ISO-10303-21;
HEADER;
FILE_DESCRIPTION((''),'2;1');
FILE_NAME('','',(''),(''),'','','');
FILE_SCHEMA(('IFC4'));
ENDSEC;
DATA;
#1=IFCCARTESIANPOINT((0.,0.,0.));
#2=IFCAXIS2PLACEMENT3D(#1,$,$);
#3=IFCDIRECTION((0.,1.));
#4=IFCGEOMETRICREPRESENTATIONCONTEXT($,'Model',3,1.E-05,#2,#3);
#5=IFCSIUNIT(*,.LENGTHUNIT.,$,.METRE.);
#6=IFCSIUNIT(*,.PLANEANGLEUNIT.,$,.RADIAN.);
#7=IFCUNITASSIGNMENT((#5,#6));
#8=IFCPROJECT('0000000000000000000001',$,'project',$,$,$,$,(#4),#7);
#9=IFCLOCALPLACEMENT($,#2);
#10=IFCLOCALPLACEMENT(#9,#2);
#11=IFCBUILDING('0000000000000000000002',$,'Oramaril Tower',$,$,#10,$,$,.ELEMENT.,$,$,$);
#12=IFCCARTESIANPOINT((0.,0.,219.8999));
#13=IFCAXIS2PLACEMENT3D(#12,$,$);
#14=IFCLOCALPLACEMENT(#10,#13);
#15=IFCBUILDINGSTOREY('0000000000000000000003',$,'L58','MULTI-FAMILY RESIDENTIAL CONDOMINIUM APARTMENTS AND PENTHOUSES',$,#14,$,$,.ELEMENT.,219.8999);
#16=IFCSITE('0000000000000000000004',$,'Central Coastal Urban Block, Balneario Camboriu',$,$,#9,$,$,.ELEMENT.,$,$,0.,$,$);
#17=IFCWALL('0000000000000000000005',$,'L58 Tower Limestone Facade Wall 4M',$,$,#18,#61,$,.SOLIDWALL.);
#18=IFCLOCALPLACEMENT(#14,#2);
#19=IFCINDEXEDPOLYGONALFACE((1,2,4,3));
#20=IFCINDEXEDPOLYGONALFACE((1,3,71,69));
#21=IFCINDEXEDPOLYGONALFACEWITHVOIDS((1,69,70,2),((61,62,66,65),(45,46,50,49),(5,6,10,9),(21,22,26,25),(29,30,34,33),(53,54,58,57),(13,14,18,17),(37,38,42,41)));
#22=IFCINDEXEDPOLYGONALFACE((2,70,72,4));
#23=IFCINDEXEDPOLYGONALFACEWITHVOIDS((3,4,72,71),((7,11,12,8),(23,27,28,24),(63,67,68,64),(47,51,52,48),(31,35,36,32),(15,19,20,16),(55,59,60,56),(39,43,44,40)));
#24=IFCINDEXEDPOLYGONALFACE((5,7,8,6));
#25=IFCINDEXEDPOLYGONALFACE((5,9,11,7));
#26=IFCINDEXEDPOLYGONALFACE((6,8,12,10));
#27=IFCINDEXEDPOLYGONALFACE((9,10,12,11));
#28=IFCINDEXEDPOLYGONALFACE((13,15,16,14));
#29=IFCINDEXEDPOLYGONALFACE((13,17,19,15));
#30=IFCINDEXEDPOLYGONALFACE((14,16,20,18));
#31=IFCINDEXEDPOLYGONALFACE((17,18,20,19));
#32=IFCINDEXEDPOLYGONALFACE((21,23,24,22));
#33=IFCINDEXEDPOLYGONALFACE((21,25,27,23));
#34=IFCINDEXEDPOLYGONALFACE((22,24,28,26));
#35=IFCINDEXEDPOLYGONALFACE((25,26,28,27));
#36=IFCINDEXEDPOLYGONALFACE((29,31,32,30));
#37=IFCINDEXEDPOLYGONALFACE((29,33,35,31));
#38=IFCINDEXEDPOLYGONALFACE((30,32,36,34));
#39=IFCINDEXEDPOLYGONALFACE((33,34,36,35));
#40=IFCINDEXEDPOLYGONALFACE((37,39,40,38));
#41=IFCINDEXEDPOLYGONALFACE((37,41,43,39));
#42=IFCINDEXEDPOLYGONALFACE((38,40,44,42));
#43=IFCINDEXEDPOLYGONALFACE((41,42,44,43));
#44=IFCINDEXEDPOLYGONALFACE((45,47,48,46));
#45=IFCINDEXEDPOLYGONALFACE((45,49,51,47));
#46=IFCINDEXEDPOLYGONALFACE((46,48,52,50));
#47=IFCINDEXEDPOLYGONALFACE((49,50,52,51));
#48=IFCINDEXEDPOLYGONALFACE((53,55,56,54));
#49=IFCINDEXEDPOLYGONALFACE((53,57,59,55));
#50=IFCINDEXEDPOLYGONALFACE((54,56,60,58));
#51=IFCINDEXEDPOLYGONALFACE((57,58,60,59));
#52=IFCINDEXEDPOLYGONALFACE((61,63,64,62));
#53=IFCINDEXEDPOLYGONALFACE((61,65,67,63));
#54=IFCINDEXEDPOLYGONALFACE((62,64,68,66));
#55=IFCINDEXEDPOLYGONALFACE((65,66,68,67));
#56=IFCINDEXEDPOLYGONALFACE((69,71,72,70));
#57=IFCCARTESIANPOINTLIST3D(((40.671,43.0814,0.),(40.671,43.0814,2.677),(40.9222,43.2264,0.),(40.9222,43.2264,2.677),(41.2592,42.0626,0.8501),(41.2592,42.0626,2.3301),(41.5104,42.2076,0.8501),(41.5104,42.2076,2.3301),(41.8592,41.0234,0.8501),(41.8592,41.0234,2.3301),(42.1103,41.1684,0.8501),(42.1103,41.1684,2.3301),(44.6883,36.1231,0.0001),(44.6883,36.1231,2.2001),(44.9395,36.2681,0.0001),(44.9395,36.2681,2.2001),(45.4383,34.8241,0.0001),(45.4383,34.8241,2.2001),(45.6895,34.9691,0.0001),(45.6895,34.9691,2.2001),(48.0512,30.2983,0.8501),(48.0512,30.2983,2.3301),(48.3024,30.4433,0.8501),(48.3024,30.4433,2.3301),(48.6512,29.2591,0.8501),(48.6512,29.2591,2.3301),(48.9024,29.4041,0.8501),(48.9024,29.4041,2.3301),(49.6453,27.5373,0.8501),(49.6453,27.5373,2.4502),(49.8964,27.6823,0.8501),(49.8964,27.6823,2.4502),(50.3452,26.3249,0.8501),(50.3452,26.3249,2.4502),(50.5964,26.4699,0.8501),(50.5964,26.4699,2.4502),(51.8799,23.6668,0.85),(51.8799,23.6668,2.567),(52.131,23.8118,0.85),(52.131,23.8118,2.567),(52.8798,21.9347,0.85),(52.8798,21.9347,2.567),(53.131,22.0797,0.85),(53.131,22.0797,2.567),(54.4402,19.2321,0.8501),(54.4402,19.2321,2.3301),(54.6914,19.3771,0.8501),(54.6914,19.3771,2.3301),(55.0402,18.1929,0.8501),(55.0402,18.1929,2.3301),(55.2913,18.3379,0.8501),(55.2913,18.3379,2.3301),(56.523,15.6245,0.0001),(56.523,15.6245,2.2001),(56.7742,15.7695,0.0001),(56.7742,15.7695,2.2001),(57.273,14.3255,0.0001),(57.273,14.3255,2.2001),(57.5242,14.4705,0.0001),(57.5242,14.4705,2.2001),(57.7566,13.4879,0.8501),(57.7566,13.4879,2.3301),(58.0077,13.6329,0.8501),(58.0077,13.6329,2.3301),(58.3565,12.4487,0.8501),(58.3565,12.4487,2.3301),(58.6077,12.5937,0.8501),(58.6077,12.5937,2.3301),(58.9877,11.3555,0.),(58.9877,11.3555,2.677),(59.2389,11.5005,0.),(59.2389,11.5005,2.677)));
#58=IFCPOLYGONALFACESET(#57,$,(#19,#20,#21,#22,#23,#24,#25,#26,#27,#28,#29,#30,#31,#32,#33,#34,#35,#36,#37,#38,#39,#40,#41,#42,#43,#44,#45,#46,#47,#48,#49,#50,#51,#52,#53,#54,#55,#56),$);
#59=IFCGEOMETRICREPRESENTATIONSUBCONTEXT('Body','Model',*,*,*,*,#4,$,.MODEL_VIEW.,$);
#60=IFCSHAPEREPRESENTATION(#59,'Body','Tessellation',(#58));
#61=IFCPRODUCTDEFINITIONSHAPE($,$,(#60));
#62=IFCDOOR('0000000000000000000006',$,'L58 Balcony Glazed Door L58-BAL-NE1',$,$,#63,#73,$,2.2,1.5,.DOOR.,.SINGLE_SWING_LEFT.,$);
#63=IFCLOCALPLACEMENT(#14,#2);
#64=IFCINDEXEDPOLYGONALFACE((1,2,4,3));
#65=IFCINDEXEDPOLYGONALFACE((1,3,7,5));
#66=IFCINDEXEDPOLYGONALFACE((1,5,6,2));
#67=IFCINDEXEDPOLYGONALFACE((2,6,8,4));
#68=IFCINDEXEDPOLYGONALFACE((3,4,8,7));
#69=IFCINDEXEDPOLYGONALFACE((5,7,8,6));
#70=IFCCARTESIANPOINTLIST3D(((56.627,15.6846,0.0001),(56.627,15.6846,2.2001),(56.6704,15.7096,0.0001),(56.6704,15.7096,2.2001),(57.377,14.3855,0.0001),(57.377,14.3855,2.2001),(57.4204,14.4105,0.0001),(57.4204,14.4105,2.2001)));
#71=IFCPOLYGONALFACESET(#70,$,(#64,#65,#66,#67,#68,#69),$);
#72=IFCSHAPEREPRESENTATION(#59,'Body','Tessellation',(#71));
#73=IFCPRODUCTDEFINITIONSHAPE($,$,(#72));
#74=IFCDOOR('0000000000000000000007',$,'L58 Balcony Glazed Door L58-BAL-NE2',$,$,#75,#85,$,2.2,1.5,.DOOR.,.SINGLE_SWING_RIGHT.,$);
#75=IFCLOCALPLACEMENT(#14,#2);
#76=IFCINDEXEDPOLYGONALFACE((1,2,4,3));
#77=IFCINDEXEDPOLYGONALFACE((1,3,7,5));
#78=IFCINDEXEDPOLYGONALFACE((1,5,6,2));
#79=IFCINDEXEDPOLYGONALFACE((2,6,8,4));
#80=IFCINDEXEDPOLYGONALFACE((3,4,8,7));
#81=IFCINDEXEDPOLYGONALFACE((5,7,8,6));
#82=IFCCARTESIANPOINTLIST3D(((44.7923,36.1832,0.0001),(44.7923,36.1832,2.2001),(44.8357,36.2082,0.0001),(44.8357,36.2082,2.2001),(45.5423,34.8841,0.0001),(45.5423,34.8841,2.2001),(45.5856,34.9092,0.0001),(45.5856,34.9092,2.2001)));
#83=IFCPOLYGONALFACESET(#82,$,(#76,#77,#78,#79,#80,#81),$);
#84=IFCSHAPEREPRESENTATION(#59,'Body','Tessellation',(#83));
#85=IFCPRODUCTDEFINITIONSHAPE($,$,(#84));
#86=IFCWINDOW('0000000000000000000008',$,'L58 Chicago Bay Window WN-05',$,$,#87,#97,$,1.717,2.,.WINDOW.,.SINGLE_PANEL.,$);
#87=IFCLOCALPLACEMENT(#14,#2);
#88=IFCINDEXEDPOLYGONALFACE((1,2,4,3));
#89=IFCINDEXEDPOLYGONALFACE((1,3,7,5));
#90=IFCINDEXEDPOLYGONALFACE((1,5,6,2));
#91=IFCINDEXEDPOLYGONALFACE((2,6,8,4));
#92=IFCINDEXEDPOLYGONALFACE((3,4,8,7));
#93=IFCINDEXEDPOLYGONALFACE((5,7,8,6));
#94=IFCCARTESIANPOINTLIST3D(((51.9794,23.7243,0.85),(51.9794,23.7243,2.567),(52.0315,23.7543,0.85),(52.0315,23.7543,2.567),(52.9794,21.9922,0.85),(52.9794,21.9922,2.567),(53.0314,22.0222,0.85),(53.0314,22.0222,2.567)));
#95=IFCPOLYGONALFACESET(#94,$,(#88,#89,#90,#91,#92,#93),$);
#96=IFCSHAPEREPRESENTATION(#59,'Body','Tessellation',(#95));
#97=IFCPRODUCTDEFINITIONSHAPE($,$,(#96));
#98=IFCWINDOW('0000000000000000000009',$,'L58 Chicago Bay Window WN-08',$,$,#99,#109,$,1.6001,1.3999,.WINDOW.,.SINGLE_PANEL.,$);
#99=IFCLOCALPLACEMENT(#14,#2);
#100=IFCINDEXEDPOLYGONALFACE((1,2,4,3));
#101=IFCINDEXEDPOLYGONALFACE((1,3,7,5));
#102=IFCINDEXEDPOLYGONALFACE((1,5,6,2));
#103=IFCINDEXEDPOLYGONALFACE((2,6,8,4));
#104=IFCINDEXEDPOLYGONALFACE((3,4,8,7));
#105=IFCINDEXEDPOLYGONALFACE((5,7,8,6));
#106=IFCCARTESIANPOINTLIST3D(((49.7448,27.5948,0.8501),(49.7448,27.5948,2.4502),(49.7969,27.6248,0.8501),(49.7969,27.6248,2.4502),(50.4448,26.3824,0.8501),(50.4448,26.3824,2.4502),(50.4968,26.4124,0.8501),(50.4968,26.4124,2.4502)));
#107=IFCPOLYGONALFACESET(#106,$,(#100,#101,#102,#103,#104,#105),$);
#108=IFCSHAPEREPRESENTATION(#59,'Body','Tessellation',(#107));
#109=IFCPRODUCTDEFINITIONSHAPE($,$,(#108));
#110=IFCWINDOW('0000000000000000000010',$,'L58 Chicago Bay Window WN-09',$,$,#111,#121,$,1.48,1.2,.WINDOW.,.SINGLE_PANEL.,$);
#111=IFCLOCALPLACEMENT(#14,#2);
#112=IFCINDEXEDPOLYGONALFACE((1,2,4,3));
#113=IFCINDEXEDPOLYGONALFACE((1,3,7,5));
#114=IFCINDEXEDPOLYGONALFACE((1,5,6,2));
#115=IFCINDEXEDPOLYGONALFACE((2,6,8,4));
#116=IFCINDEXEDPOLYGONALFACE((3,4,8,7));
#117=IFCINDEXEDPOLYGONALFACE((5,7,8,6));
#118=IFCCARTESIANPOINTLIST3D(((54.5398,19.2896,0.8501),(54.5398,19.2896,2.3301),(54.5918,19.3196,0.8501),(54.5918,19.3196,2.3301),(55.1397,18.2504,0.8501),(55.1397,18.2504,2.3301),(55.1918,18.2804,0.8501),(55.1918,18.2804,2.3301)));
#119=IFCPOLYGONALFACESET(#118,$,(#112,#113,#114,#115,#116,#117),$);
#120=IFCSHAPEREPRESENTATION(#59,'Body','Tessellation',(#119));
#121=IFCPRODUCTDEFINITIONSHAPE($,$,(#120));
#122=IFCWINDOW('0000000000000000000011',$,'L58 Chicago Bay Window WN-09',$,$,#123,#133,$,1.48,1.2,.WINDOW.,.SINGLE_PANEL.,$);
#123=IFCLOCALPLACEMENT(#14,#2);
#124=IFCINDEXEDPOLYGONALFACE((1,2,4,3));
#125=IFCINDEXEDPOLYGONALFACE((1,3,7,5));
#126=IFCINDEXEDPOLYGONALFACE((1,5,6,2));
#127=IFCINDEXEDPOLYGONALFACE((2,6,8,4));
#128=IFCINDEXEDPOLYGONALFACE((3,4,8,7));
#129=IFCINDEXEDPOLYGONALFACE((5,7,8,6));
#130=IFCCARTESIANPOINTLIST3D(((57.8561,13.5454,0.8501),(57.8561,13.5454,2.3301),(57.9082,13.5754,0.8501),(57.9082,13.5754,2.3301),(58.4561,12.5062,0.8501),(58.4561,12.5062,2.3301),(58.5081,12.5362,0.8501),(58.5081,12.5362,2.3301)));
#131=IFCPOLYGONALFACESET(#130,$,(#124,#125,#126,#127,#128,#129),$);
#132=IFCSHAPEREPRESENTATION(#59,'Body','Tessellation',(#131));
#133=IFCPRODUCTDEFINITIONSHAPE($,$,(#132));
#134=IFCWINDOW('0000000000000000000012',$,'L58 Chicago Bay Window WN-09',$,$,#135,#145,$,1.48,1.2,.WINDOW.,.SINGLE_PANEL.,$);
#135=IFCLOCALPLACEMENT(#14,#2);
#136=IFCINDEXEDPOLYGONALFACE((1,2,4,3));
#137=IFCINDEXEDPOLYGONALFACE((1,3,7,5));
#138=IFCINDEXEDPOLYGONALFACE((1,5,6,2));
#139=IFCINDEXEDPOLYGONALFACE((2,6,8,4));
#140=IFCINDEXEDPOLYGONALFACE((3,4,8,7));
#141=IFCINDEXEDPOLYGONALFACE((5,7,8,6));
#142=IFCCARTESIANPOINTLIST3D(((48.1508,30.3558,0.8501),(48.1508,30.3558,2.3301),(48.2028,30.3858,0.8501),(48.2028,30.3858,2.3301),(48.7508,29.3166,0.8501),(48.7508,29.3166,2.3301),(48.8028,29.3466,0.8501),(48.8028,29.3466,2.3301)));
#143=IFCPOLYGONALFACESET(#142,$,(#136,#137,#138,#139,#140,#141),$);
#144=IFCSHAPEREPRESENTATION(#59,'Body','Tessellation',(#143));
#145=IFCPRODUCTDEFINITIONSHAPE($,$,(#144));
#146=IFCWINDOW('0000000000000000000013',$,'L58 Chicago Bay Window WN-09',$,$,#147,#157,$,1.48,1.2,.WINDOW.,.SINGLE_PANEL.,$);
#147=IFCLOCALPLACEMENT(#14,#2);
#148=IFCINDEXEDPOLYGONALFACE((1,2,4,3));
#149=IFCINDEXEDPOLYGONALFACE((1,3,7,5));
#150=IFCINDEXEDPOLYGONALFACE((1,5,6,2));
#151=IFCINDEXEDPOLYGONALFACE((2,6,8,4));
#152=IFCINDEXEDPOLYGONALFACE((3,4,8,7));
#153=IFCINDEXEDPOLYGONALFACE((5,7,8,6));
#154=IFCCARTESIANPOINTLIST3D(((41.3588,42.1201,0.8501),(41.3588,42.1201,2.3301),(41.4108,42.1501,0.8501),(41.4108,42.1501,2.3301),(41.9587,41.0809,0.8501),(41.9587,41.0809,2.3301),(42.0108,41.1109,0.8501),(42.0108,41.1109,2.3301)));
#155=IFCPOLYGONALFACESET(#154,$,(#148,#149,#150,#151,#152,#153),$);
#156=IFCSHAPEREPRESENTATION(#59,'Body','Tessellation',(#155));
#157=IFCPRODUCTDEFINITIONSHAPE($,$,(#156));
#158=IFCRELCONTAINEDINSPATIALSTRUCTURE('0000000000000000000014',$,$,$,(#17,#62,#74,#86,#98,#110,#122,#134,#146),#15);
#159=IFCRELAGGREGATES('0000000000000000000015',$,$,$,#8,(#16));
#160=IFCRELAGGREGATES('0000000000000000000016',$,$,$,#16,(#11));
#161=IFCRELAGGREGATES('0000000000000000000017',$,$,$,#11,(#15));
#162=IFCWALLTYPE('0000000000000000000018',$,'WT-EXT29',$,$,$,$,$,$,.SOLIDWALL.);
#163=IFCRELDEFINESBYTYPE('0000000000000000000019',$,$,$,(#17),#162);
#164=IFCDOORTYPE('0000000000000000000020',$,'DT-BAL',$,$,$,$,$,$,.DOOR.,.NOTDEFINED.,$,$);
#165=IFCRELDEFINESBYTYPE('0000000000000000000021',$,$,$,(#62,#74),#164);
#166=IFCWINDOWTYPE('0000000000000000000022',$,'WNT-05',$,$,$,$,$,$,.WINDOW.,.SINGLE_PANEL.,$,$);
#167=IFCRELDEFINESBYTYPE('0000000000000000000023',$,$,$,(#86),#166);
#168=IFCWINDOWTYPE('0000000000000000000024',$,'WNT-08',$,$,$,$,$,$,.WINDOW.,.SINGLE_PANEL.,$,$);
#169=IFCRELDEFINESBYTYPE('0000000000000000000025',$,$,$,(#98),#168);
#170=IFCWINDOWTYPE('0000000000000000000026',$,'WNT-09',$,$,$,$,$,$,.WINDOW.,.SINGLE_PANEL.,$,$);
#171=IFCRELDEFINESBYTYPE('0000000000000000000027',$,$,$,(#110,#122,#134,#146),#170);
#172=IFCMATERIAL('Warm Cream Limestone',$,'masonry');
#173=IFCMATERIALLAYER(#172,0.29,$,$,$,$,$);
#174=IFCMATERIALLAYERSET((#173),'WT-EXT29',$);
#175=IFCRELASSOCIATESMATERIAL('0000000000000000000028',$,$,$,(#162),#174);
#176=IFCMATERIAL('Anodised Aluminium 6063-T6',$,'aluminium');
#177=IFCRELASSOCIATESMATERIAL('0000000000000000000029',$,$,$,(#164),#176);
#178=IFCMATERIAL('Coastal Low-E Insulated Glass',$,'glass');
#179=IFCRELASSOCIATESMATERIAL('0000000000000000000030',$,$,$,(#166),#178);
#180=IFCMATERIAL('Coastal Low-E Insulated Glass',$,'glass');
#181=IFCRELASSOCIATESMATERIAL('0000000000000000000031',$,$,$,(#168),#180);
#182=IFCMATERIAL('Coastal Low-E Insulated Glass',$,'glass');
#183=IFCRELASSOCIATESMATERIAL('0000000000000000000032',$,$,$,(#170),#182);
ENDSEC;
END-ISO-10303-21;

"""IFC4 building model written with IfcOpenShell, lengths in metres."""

from ifc_helpers import new_model, si_unit, direction, frame, frame_2d, origin, place, context, subcontext, project, spatial, rectangle, extrude, material, layer, layer_set, type_object, element, fill, save


model = new_model("IFC4")

# Units and contexts
model_context = context("Model", 3, precision=1e-05, world=origin(), true_north=direction((0.0, 1.0)))
body_context = subcontext(model_context, "Body", "Model", "MODEL_VIEW")
ifc_project = project(units=[si_unit("LENGTHUNIT", "METRE"), si_unit("PLANEANGLEUNIT", "RADIAN")], contexts=[model_context])

# Site, building, storey
site_placement = place(None, origin())
site = spatial("IfcSite", under=ifc_project, at=site_placement, Name="Central Coastal Urban Block, Balneario Camboriu", CompositionType="ELEMENT", RefElevation=0.0)
building_placement = place(site_placement, origin())
building = spatial("IfcBuilding", under=site, at=building_placement, Name="Oramaril Tower", CompositionType="ELEMENT")
storey_placement = place(building_placement, frame((0.0, 0.0, 219.8999)))
storey = spatial("IfcBuildingStorey", under=building, at=storey_placement, Name="L58", Description="MULTI-FAMILY RESIDENTIAL CONDOMINIUM APARTMENTS AND PENTHOUSES", CompositionType="ELEMENT", Elevation=219.8999)

# Wall, openings, doors, windows
ifc_material_1 = material(Name="Warm Cream Limestone", Category="masonry")
ifc_layer_1 = layer(ifc_material_1, 0.29)
ifc_layer_set_1 = layer_set([ifc_layer_1], Name="WT-EXT29")
wall_type = type_object("IfcWallType", Name="WT-EXT29", PredefinedType="SOLIDWALL", material=ifc_layer_set_1)
wall_placement = place(storey_placement, frame((59.1133, 11.428, 0.0), z_axis=(0.0, 0.0, 1.0), x_axis=(-0.499995, 0.866029, 0.0)))
wall = element("IfcWall", 1, at=wall_placement, inside=storey, type_object=wall_type, Name="L58 Tower Limestone Facade Wall 4M", PredefinedType="SOLIDWALL", context=body_context, shape_type="SweptSolid", body=[
    extrude(rectangle(XDim=36.6338, YDim=0.29, at=frame_2d((18.3169, 0.0))), origin(), (0.0, 0.0, 1.0), 2.677),
])
opening_1_placement = place(wall_placement, frame((3.4294, 0.0, 0.0)))
opening_1 = element("IfcOpeningElement", 2, at=opening_1_placement, cuts=wall, PredefinedType="OPENING", context=body_context, shape_type="SweptSolid", body=[
    extrude(rectangle(XDim=1.5, YDim=2.2, at=frame_2d((0.75, 1.1001))), frame((0.0, 0.145, 0.0), z_axis=(0.0, -1.0, 0.0), x_axis=(1.0, 0.0, 0.0)), (0.0, 0.0, 1.0), 0.29),
])
opening_2_placement = place(wall_placement, frame((27.0991, 0.0, 0.0)))
opening_2 = element("IfcOpeningElement", 3, at=opening_2_placement, cuts=wall, PredefinedType="OPENING", context=body_context, shape_type="SweptSolid", body=[
    extrude(rectangle(XDim=1.5, YDim=2.2, at=frame_2d((0.75, 1.1001))), frame((0.0, 0.145, 0.0), z_axis=(0.0, -1.0, 0.0), x_axis=(1.0, 0.0, 0.0)), (0.0, 0.0, 1.0), 0.29),
])
opening_3_placement = place(wall_placement, frame((7.895, 0.0, 0.8501)))
opening_3 = element("IfcOpeningElement", 4, at=opening_3_placement, cuts=wall, PredefinedType="OPENING", context=body_context, shape_type="SweptSolid", body=[
    extrude(rectangle(XDim=1.2, YDim=1.48, at=frame_2d((0.6001, 0.74))), frame((0.0, 0.145, 0.0), z_axis=(0.0, -1.0, 0.0), x_axis=(1.0, 0.0, 0.0)), (0.0, 0.0, 1.0), 0.29),
])
opening_4_placement = place(wall_placement, frame((1.2622, 0.0, 0.8501)))
opening_4 = element("IfcOpeningElement", 5, at=opening_4_placement, cuts=wall, PredefinedType="OPENING", context=body_context, shape_type="SweptSolid", body=[
    extrude(rectangle(XDim=1.2, YDim=1.48, at=frame_2d((0.6001, 0.74))), frame((0.0, 0.145, 0.0), z_axis=(0.0, -1.0, 0.0), x_axis=(1.0, 0.0, 0.0)), (0.0, 0.0, 1.0), 0.29),
])
opening_5_placement = place(wall_placement, frame((12.2158, 0.0, 0.8501)))
opening_5 = element("IfcOpeningElement", 6, at=opening_5_placement, cuts=wall, PredefinedType="OPENING", context=body_context, shape_type="SweptSolid", body=[
    extrude(rectangle(XDim=2.0, YDim=1.717, at=frame_2d((1.0, 0.8584))), frame((0.0, 0.145, 0.0), z_axis=(0.0, -1.0, 0.0), x_axis=(1.0, 0.0, 0.0)), (0.0, 0.0, 1.0), 0.29),
])
opening_6_placement = place(wall_placement, frame((17.2852, 0.0, 0.8501)))
opening_6 = element("IfcOpeningElement", 7, at=opening_6_placement, cuts=wall, PredefinedType="OPENING", context=body_context, shape_type="SweptSolid", body=[
    extrude(rectangle(XDim=1.3999, YDim=1.6001, at=frame_2d((0.7, 0.8))), frame((0.0, 0.145, 0.0), z_axis=(0.0, -1.0, 0.0), x_axis=(1.0, 0.0, 0.0)), (0.0, 0.0, 1.0), 0.29),
])
opening_7_placement = place(wall_placement, frame((20.6731, 0.0, 0.8501)))
opening_7 = element("IfcOpeningElement", 8, at=opening_7_placement, cuts=wall, PredefinedType="OPENING", context=body_context, shape_type="SweptSolid", body=[
    extrude(rectangle(XDim=1.2, YDim=1.48, at=frame_2d((0.6001, 0.74))), frame((0.0, 0.145, 0.0), z_axis=(0.0, -1.0, 0.0), x_axis=(1.0, 0.0, 0.0)), (0.0, 0.0, 1.0), 0.29),
])
opening_8_placement = place(wall_placement, frame((34.2573, 0.0, 0.8501)))
opening_8 = element("IfcOpeningElement", 9, at=opening_8_placement, cuts=wall, PredefinedType="OPENING", context=body_context, shape_type="SweptSolid", body=[
    extrude(rectangle(XDim=1.2, YDim=1.48, at=frame_2d((0.6001, 0.74))), frame((0.0, 0.145, 0.0), z_axis=(0.0, -1.0, 0.0), x_axis=(1.0, 0.0, 0.0)), (0.0, 0.0, 1.0), 0.29),
])
ifc_material_2 = material(Name="Anodised Aluminium 6063-T6", Category="aluminium")
door_type = type_object("IfcDoorType", Name="DT-BAL", OperationType="NOTDEFINED", PredefinedType="DOOR", material=ifc_material_2)
door_1_placement = place(opening_1_placement, origin())
door_1 = element("IfcDoor", 10, at=door_1_placement, inside=storey, type_object=door_type, Name="L58 Balcony Glazed Door L58-BAL-NE1", OperationType="SINGLE_SWING_LEFT", OverallHeight=2.2, OverallWidth=1.5, PredefinedType="DOOR", context=body_context, shape_type="SweptSolid", body=[
    extrude(rectangle(XDim=1.5, YDim=2.2, at=frame_2d((0.75, 1.1001))), frame((0.0, 0.0249, 0.0), z_axis=(0.0, -1.0, 0.0), x_axis=(1.0, 0.0, 0.0)), (0.0, 0.0, 1.0), 0.05),
])
fill(opening_1, door_1)
door_2_placement = place(opening_2_placement, origin())
door_2 = element("IfcDoor", 11, at=door_2_placement, inside=storey, type_object=door_type, Name="L58 Balcony Glazed Door L58-BAL-NE2", OperationType="SINGLE_SWING_RIGHT", OverallHeight=2.2, OverallWidth=1.5, PredefinedType="DOOR", context=body_context, shape_type="SweptSolid", body=[
    extrude(rectangle(XDim=1.5, YDim=2.2, at=frame_2d((0.75, 1.1001))), frame((0.0, 0.0249, 0.0), z_axis=(0.0, -1.0, 0.0), x_axis=(1.0, 0.0, 0.0)), (0.0, 0.0, 1.0), 0.05),
])
fill(opening_2, door_2)
ifc_material_3 = material(Name="Coastal Low-E Insulated Glass", Category="glass")
window_type_1 = type_object("IfcWindowType", Name="WNT-05", PartitioningType="SINGLE_PANEL", PredefinedType="WINDOW", material=ifc_material_3)
window_1_placement = place(opening_5_placement, origin())
window_1 = element("IfcWindow", 12, at=window_1_placement, inside=storey, type_object=window_type_1, Name="L58 Chicago Bay Window WN-05", OverallHeight=1.717, OverallWidth=2.0, PartitioningType="SINGLE_PANEL", PredefinedType="WINDOW", context=body_context, shape_type="SweptSolid", body=[
    extrude(rectangle(XDim=2.0, YDim=1.717, at=frame_2d((1.0, 0.8584))), frame((0.0, 0.03, 0.0), z_axis=(0.0, -1.0, 0.0), x_axis=(1.0, 0.0, 0.0)), (0.0, 0.0, 1.0), 0.0601),
])
fill(opening_5, window_1)
ifc_material_4 = material(Name="Coastal Low-E Insulated Glass", Category="glass")
window_type_2 = type_object("IfcWindowType", Name="WNT-08", PartitioningType="SINGLE_PANEL", PredefinedType="WINDOW", material=ifc_material_4)
window_2_placement = place(opening_6_placement, origin())
window_2 = element("IfcWindow", 13, at=window_2_placement, inside=storey, type_object=window_type_2, Name="L58 Chicago Bay Window WN-08", OverallHeight=1.6001, OverallWidth=1.3999, PartitioningType="SINGLE_PANEL", PredefinedType="WINDOW", context=body_context, shape_type="SweptSolid", body=[
    extrude(rectangle(XDim=1.3999, YDim=1.6001, at=frame_2d((0.7, 0.8))), frame((0.0, 0.03, 0.0), z_axis=(0.0, -1.0, 0.0), x_axis=(1.0, 0.0, 0.0)), (0.0, 0.0, 1.0), 0.0601),
])
fill(opening_6, window_2)
ifc_material_5 = material(Name="Coastal Low-E Insulated Glass", Category="glass")
window_type_3 = type_object("IfcWindowType", Name="WNT-09", PartitioningType="SINGLE_PANEL", PredefinedType="WINDOW", material=ifc_material_5)
window_3_placement = place(opening_3_placement, origin())
window_3 = element("IfcWindow", 14, at=window_3_placement, inside=storey, type_object=window_type_3, Name="L58 Chicago Bay Window WN-09", OverallHeight=1.48, OverallWidth=1.2, PartitioningType="SINGLE_PANEL", PredefinedType="WINDOW", context=body_context, shape_type="SweptSolid", body=[
    extrude(rectangle(XDim=1.2, YDim=1.48, at=frame_2d((0.6001, 0.74))), frame((0.0, 0.03, 0.0), z_axis=(0.0, -1.0, 0.0), x_axis=(1.0, 0.0, 0.0)), (0.0, 0.0, 1.0), 0.0601),
])
fill(opening_3, window_3)
window_4_placement = place(opening_4_placement, origin())
window_4 = element("IfcWindow", 15, at=window_4_placement, inside=storey, type_object=window_type_3, Name="L58 Chicago Bay Window WN-09", OverallHeight=1.48, OverallWidth=1.2, PartitioningType="SINGLE_PANEL", PredefinedType="WINDOW", context=body_context, shape_type="SweptSolid", body=[
    extrude(rectangle(XDim=1.2, YDim=1.48, at=frame_2d((0.6001, 0.74))), frame((0.0, 0.03, 0.0), z_axis=(0.0, -1.0, 0.0), x_axis=(1.0, 0.0, 0.0)), (0.0, 0.0, 1.0), 0.0601),
])
fill(opening_4, window_4)
window_5_placement = place(opening_7_placement, origin())
window_5 = element("IfcWindow", 16, at=window_5_placement, inside=storey, type_object=window_type_3, Name="L58 Chicago Bay Window WN-09", OverallHeight=1.48, OverallWidth=1.2, PartitioningType="SINGLE_PANEL", PredefinedType="WINDOW", context=body_context, shape_type="SweptSolid", body=[
    extrude(rectangle(XDim=1.2, YDim=1.48, at=frame_2d((0.6001, 0.74))), frame((0.0, 0.03, 0.0), z_axis=(0.0, -1.0, 0.0), x_axis=(1.0, 0.0, 0.0)), (0.0, 0.0, 1.0), 0.0601),
])
fill(opening_7, window_5)
window_6_placement = place(opening_8_placement, origin())
window_6 = element("IfcWindow", 17, at=window_6_placement, inside=storey, type_object=window_type_3, Name="L58 Chicago Bay Window WN-09", OverallHeight=1.48, OverallWidth=1.2, PartitioningType="SINGLE_PANEL", PredefinedType="WINDOW", context=body_context, shape_type="SweptSolid", body=[
    extrude(rectangle(XDim=1.2, YDim=1.48, at=frame_2d((0.6001, 0.74))), frame((0.0, 0.03, 0.0), z_axis=(0.0, -1.0, 0.0), x_axis=(1.0, 0.0, 0.0)), (0.0, 0.0, 1.0), 0.0601),
])
fill(opening_8, window_6)

save(model, "model.ifc")
